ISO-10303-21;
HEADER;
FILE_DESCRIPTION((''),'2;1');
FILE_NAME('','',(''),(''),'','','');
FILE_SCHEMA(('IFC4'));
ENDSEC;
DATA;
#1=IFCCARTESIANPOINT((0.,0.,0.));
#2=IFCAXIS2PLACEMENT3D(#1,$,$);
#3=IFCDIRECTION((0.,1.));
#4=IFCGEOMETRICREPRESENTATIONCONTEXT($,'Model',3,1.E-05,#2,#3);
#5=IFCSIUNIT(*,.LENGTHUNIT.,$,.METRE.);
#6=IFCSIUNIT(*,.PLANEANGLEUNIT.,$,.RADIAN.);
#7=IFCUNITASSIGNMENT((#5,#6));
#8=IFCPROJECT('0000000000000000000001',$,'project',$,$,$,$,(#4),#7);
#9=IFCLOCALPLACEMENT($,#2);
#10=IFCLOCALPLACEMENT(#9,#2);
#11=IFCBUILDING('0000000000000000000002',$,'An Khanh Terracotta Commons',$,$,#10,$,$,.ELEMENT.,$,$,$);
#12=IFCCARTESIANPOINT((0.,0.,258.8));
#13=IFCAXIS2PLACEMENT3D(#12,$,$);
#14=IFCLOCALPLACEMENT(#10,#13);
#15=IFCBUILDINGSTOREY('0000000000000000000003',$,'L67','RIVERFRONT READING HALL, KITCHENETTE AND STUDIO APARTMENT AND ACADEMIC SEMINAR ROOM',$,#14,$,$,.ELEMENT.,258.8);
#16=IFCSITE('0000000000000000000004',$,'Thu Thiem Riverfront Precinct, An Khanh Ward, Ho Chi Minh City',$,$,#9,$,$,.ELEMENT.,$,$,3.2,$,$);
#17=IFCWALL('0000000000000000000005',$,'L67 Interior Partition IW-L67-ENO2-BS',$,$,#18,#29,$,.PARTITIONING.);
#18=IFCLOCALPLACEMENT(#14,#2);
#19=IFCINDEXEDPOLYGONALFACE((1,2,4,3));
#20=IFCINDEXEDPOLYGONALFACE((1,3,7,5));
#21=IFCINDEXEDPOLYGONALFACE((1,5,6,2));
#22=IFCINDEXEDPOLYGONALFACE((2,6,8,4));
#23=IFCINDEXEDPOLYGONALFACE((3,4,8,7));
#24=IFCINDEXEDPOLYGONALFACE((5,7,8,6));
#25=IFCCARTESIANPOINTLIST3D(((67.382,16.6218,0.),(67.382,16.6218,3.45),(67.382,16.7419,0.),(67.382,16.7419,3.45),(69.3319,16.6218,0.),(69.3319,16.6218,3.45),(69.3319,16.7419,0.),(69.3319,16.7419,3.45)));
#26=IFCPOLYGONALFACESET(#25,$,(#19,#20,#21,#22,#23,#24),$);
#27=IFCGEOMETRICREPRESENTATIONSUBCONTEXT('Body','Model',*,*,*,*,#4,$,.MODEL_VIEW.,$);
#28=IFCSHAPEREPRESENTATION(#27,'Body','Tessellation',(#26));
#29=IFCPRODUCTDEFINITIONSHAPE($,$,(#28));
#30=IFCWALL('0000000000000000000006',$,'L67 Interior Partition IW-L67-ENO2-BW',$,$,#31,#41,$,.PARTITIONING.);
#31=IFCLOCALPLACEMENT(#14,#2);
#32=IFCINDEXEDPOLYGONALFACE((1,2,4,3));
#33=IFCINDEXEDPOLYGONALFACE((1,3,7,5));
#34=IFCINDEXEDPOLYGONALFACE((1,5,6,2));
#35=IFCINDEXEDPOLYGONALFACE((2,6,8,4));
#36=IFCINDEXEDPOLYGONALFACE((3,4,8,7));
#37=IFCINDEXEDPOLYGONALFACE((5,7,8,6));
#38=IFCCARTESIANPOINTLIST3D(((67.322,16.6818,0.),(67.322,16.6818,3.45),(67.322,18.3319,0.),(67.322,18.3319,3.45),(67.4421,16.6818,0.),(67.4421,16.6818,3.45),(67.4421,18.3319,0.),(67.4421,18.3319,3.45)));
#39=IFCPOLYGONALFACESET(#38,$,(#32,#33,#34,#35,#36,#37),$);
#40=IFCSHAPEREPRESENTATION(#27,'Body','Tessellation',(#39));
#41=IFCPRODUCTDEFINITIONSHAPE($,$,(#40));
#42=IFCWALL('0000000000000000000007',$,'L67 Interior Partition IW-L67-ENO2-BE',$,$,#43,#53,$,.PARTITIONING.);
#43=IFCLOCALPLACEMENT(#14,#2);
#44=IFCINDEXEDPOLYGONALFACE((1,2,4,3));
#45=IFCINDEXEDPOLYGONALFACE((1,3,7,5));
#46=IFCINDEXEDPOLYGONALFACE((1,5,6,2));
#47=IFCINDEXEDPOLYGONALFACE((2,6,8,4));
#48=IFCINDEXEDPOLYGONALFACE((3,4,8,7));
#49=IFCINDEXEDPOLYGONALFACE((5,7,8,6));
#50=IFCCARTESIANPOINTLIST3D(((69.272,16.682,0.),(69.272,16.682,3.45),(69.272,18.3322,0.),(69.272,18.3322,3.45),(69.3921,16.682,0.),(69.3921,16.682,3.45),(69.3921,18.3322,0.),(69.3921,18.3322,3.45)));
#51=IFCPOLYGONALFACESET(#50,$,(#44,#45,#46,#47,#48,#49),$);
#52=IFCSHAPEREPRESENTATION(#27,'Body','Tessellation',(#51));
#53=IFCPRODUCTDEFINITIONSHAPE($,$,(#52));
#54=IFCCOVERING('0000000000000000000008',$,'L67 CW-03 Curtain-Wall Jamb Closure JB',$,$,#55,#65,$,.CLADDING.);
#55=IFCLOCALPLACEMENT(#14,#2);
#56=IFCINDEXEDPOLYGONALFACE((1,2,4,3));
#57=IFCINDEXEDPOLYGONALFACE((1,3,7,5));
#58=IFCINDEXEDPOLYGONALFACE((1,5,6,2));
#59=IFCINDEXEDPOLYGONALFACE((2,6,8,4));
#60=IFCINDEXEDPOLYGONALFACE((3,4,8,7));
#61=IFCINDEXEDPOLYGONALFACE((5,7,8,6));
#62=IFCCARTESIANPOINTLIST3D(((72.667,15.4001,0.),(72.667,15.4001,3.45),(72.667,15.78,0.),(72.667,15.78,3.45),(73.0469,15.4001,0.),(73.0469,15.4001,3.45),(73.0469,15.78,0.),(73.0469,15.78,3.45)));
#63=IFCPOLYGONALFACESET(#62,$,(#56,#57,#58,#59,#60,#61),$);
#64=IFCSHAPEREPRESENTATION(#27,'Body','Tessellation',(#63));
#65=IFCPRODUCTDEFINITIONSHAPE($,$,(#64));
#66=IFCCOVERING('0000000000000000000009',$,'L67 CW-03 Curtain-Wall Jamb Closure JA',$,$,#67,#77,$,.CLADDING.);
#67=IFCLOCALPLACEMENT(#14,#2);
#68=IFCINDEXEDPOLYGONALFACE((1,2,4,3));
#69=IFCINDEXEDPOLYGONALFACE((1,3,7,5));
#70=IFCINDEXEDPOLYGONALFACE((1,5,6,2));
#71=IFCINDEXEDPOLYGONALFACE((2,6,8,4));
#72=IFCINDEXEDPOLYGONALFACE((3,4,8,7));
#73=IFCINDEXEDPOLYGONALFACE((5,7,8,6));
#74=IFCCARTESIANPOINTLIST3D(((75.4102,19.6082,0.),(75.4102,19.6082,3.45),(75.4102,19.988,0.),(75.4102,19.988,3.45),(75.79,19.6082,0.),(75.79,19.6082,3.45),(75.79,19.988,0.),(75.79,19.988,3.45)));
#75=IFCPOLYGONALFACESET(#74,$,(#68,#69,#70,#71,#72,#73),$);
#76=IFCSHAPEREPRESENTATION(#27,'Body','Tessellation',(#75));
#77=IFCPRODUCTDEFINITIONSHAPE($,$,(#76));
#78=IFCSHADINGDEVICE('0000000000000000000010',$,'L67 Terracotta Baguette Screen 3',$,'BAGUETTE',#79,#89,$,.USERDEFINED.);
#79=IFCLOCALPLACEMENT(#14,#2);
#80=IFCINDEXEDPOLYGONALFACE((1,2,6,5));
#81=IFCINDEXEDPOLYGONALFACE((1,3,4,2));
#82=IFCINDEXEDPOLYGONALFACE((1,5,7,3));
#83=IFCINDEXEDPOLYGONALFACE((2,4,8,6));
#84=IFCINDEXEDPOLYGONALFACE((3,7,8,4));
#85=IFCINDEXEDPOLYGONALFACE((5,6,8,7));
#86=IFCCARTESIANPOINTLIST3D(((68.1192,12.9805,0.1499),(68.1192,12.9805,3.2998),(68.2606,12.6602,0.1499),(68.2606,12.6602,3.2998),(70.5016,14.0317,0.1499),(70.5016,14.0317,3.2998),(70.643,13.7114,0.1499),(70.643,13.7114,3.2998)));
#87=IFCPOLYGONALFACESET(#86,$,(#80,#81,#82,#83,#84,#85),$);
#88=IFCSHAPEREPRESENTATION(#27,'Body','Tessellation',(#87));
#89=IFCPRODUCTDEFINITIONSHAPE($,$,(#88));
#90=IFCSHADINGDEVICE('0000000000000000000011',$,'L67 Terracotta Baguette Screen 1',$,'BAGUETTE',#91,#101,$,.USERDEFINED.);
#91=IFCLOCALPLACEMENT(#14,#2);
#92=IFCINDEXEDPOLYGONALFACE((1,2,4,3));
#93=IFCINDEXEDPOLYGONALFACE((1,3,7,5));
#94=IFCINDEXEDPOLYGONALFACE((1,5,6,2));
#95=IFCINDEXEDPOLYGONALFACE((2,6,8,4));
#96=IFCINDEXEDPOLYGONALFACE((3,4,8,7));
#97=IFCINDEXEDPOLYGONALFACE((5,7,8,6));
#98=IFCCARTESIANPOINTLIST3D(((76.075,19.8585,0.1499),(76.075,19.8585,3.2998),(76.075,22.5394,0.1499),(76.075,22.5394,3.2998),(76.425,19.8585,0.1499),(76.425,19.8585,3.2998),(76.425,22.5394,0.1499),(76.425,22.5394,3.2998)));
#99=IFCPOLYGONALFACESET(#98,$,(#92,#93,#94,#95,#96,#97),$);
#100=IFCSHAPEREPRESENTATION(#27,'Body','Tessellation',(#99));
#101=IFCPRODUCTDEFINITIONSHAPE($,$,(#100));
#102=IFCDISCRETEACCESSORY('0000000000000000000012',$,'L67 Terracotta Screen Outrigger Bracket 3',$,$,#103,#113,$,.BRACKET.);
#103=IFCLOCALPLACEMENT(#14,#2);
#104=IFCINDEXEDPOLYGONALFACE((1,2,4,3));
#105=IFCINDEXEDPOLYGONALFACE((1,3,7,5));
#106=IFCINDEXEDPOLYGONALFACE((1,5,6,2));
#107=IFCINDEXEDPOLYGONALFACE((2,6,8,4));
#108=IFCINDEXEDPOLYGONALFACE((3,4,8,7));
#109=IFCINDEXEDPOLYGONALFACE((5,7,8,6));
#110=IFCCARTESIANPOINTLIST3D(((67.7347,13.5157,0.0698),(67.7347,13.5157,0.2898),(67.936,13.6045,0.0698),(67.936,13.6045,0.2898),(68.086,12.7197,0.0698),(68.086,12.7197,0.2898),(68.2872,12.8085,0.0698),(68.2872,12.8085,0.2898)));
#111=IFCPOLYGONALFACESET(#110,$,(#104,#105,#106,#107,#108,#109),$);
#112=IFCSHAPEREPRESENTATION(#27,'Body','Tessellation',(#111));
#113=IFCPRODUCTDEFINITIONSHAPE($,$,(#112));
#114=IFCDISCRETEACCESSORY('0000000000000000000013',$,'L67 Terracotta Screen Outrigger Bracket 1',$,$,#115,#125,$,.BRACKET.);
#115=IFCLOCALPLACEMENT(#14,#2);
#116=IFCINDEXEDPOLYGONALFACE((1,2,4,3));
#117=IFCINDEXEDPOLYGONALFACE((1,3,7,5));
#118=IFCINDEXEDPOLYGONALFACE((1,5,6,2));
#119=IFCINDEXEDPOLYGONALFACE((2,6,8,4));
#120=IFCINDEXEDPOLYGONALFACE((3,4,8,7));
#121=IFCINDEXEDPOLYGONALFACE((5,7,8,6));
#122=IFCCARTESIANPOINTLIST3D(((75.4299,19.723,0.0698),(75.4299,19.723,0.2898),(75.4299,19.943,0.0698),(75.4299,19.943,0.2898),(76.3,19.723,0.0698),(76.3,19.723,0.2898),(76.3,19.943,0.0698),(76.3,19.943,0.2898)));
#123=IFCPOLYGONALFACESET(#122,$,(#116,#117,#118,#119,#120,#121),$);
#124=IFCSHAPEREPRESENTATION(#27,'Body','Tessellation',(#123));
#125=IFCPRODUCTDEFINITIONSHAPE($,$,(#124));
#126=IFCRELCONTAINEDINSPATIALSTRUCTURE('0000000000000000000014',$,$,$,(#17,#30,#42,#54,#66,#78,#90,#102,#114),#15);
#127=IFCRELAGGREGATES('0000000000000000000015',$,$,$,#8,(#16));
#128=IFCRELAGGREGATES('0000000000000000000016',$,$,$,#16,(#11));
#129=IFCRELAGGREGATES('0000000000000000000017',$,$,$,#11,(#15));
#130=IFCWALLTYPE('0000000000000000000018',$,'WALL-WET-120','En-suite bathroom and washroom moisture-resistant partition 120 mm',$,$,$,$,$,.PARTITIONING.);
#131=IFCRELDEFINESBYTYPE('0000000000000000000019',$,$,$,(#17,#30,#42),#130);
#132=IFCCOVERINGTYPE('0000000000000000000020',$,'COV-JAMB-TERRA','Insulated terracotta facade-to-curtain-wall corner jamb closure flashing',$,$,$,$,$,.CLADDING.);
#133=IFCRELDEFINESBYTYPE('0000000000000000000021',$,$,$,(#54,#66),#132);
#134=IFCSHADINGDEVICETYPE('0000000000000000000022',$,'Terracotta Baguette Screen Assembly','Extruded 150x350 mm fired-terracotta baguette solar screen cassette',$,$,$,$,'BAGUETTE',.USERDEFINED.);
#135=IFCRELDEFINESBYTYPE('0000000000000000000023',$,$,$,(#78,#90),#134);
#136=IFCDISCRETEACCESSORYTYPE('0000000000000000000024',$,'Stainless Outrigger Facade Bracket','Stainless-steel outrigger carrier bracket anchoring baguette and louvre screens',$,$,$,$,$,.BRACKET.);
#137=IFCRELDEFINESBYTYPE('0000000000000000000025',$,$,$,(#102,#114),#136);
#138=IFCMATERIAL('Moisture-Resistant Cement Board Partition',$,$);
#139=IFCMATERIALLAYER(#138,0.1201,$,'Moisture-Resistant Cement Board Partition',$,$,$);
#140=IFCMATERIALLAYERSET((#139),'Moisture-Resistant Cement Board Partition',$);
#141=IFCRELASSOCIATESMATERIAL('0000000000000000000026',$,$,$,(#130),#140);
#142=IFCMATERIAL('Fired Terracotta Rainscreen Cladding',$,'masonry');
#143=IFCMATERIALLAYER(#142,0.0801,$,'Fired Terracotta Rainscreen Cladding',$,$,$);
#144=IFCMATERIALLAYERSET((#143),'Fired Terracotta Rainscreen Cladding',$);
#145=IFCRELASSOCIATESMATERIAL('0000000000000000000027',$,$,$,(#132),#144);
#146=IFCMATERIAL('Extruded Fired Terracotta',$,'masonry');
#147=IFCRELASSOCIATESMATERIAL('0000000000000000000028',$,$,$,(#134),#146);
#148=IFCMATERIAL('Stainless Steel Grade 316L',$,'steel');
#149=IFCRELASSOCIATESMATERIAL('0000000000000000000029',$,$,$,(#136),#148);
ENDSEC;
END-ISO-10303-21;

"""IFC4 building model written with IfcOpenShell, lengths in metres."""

from ifc_helpers import new_model, si_unit, direction, frame, frame_2d, origin, origin_2d, place, context, subcontext, project, spatial, rectangle, extrude, material, layer, layer_set, type_object, element, save


model = new_model("IFC4")

# Units and contexts
model_context = context("Model", 3, precision=1e-05, world=origin(), true_north=direction((0.0, 1.0)))
body_context = subcontext(model_context, "Body", "Model", "MODEL_VIEW")
ifc_project = project(units=[si_unit("LENGTHUNIT", "METRE"), si_unit("PLANEANGLEUNIT", "RADIAN")], contexts=[model_context])

# Site, building, storey
site_placement = place(None, origin())
site = spatial("IfcSite", under=ifc_project, at=site_placement, Name="Thu Thiem Riverfront Precinct, An Khanh Ward, Ho Chi Minh City", CompositionType="ELEMENT", RefElevation=3.2)
building_placement = place(site_placement, origin())
building = spatial("IfcBuilding", under=site, at=building_placement, Name="An Khanh Terracotta Commons", CompositionType="ELEMENT")
storey_placement = place(building_placement, frame((0.0, 0.0, 258.8)))
storey = spatial("IfcBuildingStorey", under=building, at=storey_placement, Name="L67", Description="RIVERFRONT READING HALL, KITCHENETTE AND STUDIO APARTMENT AND ACADEMIC SEMINAR ROOM", CompositionType="ELEMENT", Elevation=258.8)

# Shared definitions
ifc_material_1 = material(Name="Moisture-Resistant Cement Board Partition")
ifc_layer_1 = layer(ifc_material_1, 0.1201, Name="Moisture-Resistant Cement Board Partition")
ifc_layer_set_1 = layer_set([ifc_layer_1], Name="Moisture-Resistant Cement Board Partition")
wall_type_1 = type_object("IfcWallType", Name="WALL-WET-120", Description="En-suite bathroom and washroom moisture-resistant partition 120 mm", PredefinedType="PARTITIONING", material=ifc_layer_set_1)

# Walls
wall_1_placement = place(storey_placement, frame((69.332, 16.6819, 0.0), z_axis=(0.0, 0.0, 1.0), x_axis=(-1.0, 0.0, 0.0)))
element("IfcWall", 1, at=wall_1_placement, inside=storey, type_object=wall_type_1, Name="L67 Interior Partition IW-L67-ENO2-BS", PredefinedType="PARTITIONING", context=body_context, shape_type="SweptSolid", body=[
    extrude(rectangle(XDim=1.95, YDim=0.1201, at=frame_2d((0.9751, 0.0))), origin(), (0.0, 0.0, 1.0), 3.45),
])
for number, where, z_axis, x_axis, name in (
    (2, (67.3821, 18.332, 0.0), (0.0, 0.0, 1.0), (0.0, -1.0, 0.0), "L67 Interior Partition IW-L67-ENO2-BW"),
    (3, (69.332, 16.6819, 0.0), (0.0, 0.0, 1.0), (0.0, 1.0, 0.0), "L67 Interior Partition IW-L67-ENO2-BE"),
):
    element("IfcWall", number, at=place(storey_placement, frame(where, z_axis=z_axis, x_axis=x_axis)), inside=storey, type_object=wall_type_1, Name=name, PredefinedType="PARTITIONING", context=body_context, shape_type="SweptSolid", body=[
        extrude(rectangle(XDim=1.6501, YDim=0.1201, at=frame_2d((0.8252, 0.0))), origin(), (0.0, 0.0, 1.0), 3.45),
    ])

# Coverings
ifc_material_2 = material(Name="Fired Terracotta Rainscreen Cladding", Category="masonry")
ifc_layer_2 = layer(ifc_material_2, 0.0801, Name="Fired Terracotta Rainscreen Cladding")
ifc_layer_set_2 = layer_set([ifc_layer_2], Name="Fired Terracotta Rainscreen Cladding")
covering_type = type_object("IfcCoveringType", Name="COV-JAMB-TERRA", Description="Insulated terracotta facade-to-curtain-wall corner jamb closure flashing", PredefinedType="CLADDING", material=ifc_layer_set_2)
for number, where, z_axis, x_axis, name in (
    (4, (72.8569, 15.5901, 0.0), (0.0, 0.0, 1.0), (1.0, 0.0, 0.0), "L67 CW-03 Curtain-Wall Jamb Closure JB"),
    (5, (75.6001, 19.7981, 0.0), (0.0, 0.0, 1.0), (1.0, 0.0, 0.0), "L67 CW-03 Curtain-Wall Jamb Closure JA"),
):
    element("IfcCovering", number, at=place(storey_placement, frame(where, z_axis=z_axis, x_axis=x_axis)), inside=storey, type_object=covering_type, Name=name, PredefinedType="CLADDING", context=body_context, shape_type="SweptSolid", body=[
        extrude(rectangle(XDim=0.3799, YDim=0.3799, at=origin_2d()), origin(), (0.0, 0.0, 1.0), 3.45),
    ])

# Shading devices
ifc_material_3 = material(Name="Extruded Fired Terracotta", Category="masonry")
shading_device_type = type_object("IfcShadingDeviceType", Name="Terracotta Baguette Screen Assembly", Description="Extruded 150x350 mm fired-terracotta baguette solar screen cassette", ElementType="BAGUETTE", PredefinedType="USERDEFINED", material=ifc_material_3)
shading_device_1_placement = place(storey_placement, frame((69.3811, 13.3459, 0.1499), z_axis=(0.0, 0.0, 1.0), x_axis=(0.914902, 0.403676, 0.0)))
element("IfcShadingDevice", 6, at=shading_device_1_placement, inside=storey, type_object=shading_device_type, Name="L67 Terracotta Baguette Screen 3", ObjectType="BAGUETTE", PredefinedType="USERDEFINED", context=body_context, shape_type="SweptSolid", body=[
    extrude(rectangle(XDim=2.604, YDim=0.3501, at=origin_2d()), origin(), (0.0, 0.0, 1.0), 3.1499),
])
shading_device_2_placement = place(storey_placement, frame((76.25, 21.199, 0.1499), z_axis=(0.0, 0.0, 1.0), x_axis=(0.0, 1.0, 0.0)))
element("IfcShadingDevice", 7, at=shading_device_2_placement, inside=storey, type_object=shading_device_type, Name="L67 Terracotta Baguette Screen 1", ObjectType="BAGUETTE", PredefinedType="USERDEFINED", context=body_context, shape_type="SweptSolid", body=[
    extrude(rectangle(XDim=2.6809, YDim=0.3501, at=origin_2d()), origin(), (0.0, 0.0, 1.0), 3.1499),
])

# Discrete accessories
ifc_material_4 = material(Name="Stainless Steel Grade 316L", Category="steel")
discrete_accessory_type = type_object("IfcDiscreteAccessoryType", Name="Stainless Outrigger Facade Bracket", Description="Stainless-steel outrigger carrier bracket anchoring baguette and louvre screens", PredefinedType="BRACKET", material=ifc_material_4)
for number, where, z_axis, x_axis, name in (
    (8, (68.011, 13.1621, 0.0698), (0.0, 0.0, 1.0), (0.914902, 0.403676, 0.0), "L67 Terracotta Screen Outrigger Bracket 3"),
    (9, (75.865, 19.833, 0.0698), (0.0, 0.0, 1.0), (0.0, 1.0, 0.0), "L67 Terracotta Screen Outrigger Bracket 1"),
):
    element("IfcDiscreteAccessory", number, at=place(storey_placement, frame(where, z_axis=z_axis, x_axis=x_axis)), inside=storey, type_object=discrete_accessory_type, Name=name, PredefinedType="BRACKET", context=body_context, shape_type="SweptSolid", body=[
        extrude(rectangle(XDim=0.22, YDim=0.8701, at=origin_2d()), origin(), (0.0, 0.0, 1.0), 0.22),
    ])

save(model, "model.ifc")
